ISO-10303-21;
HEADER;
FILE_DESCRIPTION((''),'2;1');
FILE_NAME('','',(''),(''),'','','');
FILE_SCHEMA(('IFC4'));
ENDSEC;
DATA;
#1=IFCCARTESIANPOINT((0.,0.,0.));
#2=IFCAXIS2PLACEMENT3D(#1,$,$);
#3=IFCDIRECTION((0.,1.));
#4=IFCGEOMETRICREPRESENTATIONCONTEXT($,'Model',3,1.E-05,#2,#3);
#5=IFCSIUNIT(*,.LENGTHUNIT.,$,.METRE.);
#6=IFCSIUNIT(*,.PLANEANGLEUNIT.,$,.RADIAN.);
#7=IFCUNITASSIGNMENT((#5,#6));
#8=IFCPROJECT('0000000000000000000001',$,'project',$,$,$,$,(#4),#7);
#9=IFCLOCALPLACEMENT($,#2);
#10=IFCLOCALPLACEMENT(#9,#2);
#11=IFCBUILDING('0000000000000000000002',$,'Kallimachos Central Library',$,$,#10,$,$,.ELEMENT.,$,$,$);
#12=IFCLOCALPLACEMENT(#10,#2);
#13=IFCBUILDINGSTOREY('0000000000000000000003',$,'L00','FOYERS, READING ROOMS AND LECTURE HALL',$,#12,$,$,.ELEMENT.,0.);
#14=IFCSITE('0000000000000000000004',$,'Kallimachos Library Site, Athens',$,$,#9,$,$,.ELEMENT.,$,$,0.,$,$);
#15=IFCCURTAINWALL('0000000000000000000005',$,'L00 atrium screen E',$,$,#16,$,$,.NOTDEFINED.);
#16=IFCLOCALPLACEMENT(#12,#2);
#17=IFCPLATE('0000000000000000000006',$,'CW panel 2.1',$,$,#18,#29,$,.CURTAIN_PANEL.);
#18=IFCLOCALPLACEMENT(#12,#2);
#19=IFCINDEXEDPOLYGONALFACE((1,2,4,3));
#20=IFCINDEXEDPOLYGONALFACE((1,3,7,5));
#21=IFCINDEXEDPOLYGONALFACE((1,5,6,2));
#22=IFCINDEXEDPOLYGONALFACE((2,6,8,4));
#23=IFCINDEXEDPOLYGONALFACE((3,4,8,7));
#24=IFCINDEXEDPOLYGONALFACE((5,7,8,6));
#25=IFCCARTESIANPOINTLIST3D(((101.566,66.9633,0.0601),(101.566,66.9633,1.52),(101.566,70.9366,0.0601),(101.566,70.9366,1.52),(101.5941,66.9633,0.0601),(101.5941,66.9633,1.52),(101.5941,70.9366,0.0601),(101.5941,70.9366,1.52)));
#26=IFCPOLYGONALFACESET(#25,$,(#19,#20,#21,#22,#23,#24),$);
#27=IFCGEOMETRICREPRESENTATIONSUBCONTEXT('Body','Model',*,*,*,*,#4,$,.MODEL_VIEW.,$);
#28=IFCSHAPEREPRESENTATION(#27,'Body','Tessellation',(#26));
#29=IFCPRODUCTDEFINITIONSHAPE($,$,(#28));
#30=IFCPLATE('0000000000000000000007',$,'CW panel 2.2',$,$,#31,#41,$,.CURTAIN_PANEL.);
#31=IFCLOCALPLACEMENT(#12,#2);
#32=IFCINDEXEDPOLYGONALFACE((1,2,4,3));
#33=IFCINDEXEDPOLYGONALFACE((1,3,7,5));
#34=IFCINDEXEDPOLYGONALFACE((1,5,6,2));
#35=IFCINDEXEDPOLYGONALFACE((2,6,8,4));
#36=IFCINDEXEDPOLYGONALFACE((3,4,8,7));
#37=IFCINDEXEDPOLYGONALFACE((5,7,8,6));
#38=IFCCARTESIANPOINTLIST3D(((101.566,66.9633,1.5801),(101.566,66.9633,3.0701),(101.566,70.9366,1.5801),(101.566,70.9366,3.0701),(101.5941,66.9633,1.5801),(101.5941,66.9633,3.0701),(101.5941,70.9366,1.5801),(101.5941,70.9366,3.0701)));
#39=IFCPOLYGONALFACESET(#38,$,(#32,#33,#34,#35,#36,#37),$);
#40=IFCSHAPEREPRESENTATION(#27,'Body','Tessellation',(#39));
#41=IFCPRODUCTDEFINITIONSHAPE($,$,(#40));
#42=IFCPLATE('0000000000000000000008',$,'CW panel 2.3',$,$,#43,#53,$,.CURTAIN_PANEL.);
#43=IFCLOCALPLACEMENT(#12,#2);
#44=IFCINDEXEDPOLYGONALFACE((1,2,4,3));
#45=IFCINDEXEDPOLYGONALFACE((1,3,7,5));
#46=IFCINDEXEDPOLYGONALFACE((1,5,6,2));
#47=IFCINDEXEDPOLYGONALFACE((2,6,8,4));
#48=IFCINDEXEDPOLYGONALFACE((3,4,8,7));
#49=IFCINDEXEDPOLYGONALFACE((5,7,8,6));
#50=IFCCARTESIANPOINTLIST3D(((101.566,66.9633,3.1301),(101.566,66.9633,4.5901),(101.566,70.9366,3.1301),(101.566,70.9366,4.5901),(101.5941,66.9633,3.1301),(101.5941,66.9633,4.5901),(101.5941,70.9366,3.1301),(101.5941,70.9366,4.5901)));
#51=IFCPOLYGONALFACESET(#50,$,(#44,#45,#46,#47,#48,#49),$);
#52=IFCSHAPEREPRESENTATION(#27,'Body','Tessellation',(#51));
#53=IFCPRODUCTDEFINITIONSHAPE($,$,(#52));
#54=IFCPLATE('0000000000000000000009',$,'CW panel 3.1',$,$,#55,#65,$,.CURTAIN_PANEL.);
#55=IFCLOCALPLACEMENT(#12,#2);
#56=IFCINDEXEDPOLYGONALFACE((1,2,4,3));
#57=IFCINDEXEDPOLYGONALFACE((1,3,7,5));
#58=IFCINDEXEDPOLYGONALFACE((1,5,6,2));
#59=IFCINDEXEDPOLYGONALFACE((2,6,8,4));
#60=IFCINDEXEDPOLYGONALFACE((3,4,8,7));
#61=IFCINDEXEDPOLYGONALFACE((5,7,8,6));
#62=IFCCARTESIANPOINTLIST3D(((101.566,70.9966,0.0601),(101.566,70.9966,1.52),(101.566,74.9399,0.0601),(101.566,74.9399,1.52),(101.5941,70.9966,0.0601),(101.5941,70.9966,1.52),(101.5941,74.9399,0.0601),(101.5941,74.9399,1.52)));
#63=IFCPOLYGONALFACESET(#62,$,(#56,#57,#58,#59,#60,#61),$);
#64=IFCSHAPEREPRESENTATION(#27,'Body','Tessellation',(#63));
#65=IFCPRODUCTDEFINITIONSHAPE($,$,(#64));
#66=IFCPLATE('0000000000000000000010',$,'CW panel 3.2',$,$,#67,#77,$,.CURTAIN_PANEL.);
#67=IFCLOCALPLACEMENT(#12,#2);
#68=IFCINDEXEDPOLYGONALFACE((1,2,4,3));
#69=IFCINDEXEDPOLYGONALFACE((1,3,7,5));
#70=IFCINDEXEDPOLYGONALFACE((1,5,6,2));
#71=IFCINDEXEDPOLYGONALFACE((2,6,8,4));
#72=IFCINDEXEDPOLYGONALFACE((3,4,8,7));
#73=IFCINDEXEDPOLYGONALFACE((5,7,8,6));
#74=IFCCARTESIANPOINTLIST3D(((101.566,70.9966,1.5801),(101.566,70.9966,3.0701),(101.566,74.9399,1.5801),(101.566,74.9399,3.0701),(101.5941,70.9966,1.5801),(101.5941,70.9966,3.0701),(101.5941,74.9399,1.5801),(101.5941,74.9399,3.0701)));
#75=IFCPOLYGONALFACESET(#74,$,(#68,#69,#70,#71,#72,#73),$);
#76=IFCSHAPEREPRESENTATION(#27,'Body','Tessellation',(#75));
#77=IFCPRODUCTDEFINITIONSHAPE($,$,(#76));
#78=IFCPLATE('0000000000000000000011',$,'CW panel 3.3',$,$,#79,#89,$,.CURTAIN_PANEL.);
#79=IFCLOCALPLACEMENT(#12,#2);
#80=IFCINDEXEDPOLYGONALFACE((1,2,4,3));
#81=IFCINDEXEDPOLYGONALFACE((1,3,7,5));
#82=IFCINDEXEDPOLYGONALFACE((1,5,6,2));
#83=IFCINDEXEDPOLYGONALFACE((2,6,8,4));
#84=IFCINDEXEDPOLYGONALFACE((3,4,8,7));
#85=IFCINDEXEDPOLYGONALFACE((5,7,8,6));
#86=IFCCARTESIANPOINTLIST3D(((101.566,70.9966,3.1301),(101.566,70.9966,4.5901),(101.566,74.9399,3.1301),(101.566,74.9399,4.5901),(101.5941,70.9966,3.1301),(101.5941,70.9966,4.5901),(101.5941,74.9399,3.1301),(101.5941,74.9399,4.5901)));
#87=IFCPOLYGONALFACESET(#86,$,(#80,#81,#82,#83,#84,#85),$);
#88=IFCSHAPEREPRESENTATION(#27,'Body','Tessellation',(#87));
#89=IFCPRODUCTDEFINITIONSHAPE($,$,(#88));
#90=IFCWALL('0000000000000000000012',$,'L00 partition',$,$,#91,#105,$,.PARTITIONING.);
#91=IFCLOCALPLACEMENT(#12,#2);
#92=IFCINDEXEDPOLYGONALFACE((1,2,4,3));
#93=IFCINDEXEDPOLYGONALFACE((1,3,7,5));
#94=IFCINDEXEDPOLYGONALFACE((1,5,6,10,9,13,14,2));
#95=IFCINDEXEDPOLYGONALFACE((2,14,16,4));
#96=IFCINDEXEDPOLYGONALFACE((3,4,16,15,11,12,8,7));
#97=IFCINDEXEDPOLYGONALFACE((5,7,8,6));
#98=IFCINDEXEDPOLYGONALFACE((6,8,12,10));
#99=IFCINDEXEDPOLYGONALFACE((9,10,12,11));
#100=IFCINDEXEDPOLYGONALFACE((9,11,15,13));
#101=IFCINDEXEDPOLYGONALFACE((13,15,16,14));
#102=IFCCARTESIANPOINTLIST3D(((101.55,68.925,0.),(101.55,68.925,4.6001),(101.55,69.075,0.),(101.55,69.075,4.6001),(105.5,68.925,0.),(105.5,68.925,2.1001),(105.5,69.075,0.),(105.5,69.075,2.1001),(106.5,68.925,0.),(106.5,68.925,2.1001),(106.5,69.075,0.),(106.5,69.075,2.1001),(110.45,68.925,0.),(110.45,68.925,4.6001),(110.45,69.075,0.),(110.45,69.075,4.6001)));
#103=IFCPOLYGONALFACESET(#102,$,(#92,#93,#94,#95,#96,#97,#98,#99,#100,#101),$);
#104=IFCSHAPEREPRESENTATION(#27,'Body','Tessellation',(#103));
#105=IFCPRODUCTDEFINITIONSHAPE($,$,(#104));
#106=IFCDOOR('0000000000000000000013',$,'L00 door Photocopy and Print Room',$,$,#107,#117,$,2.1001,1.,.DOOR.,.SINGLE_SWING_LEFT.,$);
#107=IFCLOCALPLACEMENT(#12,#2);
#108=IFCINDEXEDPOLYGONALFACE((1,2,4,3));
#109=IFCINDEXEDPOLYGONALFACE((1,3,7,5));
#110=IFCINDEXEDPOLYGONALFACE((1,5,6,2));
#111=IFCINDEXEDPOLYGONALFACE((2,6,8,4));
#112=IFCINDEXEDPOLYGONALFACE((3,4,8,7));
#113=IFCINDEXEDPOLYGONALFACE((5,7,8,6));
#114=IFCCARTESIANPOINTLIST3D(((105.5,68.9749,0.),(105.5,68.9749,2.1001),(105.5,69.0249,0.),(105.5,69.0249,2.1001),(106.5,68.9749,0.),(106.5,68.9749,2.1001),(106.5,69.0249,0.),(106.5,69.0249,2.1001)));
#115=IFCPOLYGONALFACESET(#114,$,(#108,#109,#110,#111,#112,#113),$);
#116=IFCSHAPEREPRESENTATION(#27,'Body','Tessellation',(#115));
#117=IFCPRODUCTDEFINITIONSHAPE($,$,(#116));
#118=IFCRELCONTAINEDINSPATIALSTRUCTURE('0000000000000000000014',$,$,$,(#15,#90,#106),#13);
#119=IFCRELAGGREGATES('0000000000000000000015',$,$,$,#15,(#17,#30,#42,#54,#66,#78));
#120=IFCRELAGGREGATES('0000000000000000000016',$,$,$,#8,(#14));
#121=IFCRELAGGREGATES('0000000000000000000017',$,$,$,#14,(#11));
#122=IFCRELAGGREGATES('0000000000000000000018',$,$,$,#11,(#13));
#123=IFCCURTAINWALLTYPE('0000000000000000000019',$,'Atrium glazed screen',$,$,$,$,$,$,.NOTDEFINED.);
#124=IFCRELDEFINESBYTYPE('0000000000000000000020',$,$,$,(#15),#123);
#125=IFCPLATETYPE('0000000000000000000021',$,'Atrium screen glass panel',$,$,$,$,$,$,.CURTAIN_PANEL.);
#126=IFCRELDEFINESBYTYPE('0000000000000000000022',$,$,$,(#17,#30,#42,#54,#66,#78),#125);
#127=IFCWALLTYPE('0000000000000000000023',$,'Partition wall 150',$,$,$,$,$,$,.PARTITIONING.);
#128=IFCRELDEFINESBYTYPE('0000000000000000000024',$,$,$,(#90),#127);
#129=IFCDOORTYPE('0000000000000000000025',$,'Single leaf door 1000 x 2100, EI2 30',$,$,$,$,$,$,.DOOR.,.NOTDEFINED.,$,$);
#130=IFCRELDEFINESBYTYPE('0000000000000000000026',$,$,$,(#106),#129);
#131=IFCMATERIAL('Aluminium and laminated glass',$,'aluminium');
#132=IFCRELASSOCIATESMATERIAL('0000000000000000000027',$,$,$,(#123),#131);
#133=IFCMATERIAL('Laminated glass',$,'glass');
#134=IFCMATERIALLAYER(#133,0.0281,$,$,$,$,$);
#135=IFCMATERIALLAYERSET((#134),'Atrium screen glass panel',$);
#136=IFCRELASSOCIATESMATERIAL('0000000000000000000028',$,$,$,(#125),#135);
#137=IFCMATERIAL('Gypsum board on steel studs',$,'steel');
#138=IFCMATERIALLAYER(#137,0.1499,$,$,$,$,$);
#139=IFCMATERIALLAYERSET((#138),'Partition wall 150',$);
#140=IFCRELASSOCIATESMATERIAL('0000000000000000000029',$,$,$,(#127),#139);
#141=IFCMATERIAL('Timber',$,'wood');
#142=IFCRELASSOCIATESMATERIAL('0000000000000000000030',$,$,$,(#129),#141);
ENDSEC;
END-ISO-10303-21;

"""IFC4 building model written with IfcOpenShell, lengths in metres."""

from ifc_helpers import new_model, si_unit, direction, frame, frame_2d, origin, origin_2d, place, context, subcontext, project, spatial, rectangle, extrude, material, layer, layer_set, type_object, element, fill, aggregate, save


model = new_model("IFC4")

# Units and contexts
model_context = context("Model", 3, precision=1e-05, world=origin(), true_north=direction((0.0, 1.0)))
body_context = subcontext(model_context, "Body", "Model", "MODEL_VIEW")
ifc_project = project(units=[si_unit("LENGTHUNIT", "METRE"), si_unit("PLANEANGLEUNIT", "RADIAN")], contexts=[model_context])

# Site, building, storey
site_placement = place(None, origin())
site = spatial("IfcSite", under=ifc_project, at=site_placement, Name="Kallimachos Library Site, Athens", CompositionType="ELEMENT", RefElevation=0.0)
building_placement = place(site_placement, origin())
building = spatial("IfcBuilding", under=site, at=building_placement, Name="Kallimachos Central Library", CompositionType="ELEMENT")
storey_placement = place(building_placement, origin())
storey = spatial("IfcBuildingStorey", under=building, at=storey_placement, Name="L00", Description="FOYERS, READING ROOMS AND LECTURE HALL", CompositionType="ELEMENT", Elevation=0.0)

# Curtain wall, plates
ifc_material_1 = material(Name="Aluminium and laminated glass", Category="aluminium")
curtain_wall_type = type_object("IfcCurtainWallType", Name="Atrium glazed screen", PredefinedType="NOTDEFINED", material=ifc_material_1)
curtain_wall_placement = place(storey_placement, origin())
curtain_wall = element("IfcCurtainWall", 1, at=curtain_wall_placement, inside=storey, type_object=curtain_wall_type, Name="L00 atrium screen E", PredefinedType="NOTDEFINED")
ifc_material_2 = material(Name="Laminated glass", Category="glass")
ifc_layer_1 = layer(ifc_material_2, 0.0281)
ifc_layer_set_1 = layer_set([ifc_layer_1], Name="Atrium screen glass panel")
plate_type = type_object("IfcPlateType", Name="Atrium screen glass panel", PredefinedType="CURTAIN_PANEL", material=ifc_layer_set_1)
plate_1_placement = place(storey_placement, frame((101.5801, 68.95, 0.0601), z_axis=(0.0, 0.0, 1.0), x_axis=(0.0, 1.0, 0.0)))
plate_1 = element("IfcPlate", 2, at=plate_1_placement, type_object=plate_type, Name="CW panel 2.1", PredefinedType="CURTAIN_PANEL", context=body_context, shape_type="SweptSolid", body=[
    extrude(rectangle(XDim=3.9734, YDim=0.0281, at=origin_2d()), origin(), (0.0, 0.0, 1.0), 1.46),
])
plate_2_placement = place(storey_placement, frame((101.5801, 68.95, 1.5801), z_axis=(0.0, 0.0, 1.0), x_axis=(0.0, 1.0, 0.0)))
plate_2 = element("IfcPlate", 3, at=plate_2_placement, type_object=plate_type, Name="CW panel 2.2", PredefinedType="CURTAIN_PANEL", context=body_context, shape_type="SweptSolid", body=[
    extrude(rectangle(XDim=3.9734, YDim=0.0281, at=origin_2d()), origin(), (0.0, 0.0, 1.0), 1.49),
])
plate_3_placement = place(storey_placement, frame((101.5801, 68.95, 3.1301), z_axis=(0.0, 0.0, 1.0), x_axis=(0.0, 1.0, 0.0)))
plate_3 = element("IfcPlate", 4, at=plate_3_placement, type_object=plate_type, Name="CW panel 2.3", PredefinedType="CURTAIN_PANEL", context=body_context, shape_type="SweptSolid", body=[
    extrude(rectangle(XDim=3.9734, YDim=0.0281, at=origin_2d()), origin(), (0.0, 0.0, 1.0), 1.46),
])
plate_4_placement = place(storey_placement, frame((101.5801, 72.9683, 0.0601), z_axis=(0.0, 0.0, 1.0), x_axis=(0.0, 1.0, 0.0)))
plate_4 = element("IfcPlate", 5, at=plate_4_placement, type_object=plate_type, Name="CW panel 3.1", PredefinedType="CURTAIN_PANEL", context=body_context, shape_type="SweptSolid", body=[
    extrude(rectangle(XDim=3.9434, YDim=0.0281, at=origin_2d()), origin(), (0.0, 0.0, 1.0), 1.46),
])
plate_5_placement = place(storey_placement, frame((101.5801, 72.9683, 1.5801), z_axis=(0.0, 0.0, 1.0), x_axis=(0.0, 1.0, 0.0)))
plate_5 = element("IfcPlate", 6, at=plate_5_placement, type_object=plate_type, Name="CW panel 3.2", PredefinedType="CURTAIN_PANEL", context=body_context, shape_type="SweptSolid", body=[
    extrude(rectangle(XDim=3.9434, YDim=0.0281, at=origin_2d()), origin(), (0.0, 0.0, 1.0), 1.49),
])
plate_6_placement = place(storey_placement, frame((101.5801, 72.9683, 3.1301), z_axis=(0.0, 0.0, 1.0), x_axis=(0.0, 1.0, 0.0)))
plate_6 = element("IfcPlate", 7, at=plate_6_placement, type_object=plate_type, Name="CW panel 3.3", PredefinedType="CURTAIN_PANEL", context=body_context, shape_type="SweptSolid", body=[
    extrude(rectangle(XDim=3.9434, YDim=0.0281, at=origin_2d()), origin(), (0.0, 0.0, 1.0), 1.46),
])
aggregate(curtain_wall, [plate_1, plate_2, plate_3, plate_4, plate_5, plate_6])

# Wall, opening, door
ifc_material_3 = material(Name="Gypsum board on steel studs", Category="steel")
ifc_layer_2 = layer(ifc_material_3, 0.1499)
ifc_layer_set_2 = layer_set([ifc_layer_2], Name="Partition wall 150")
wall_type = type_object("IfcWallType", Name="Partition wall 150", PredefinedType="PARTITIONING", material=ifc_layer_set_2)
wall_placement = place(storey_placement, frame((101.55, 69.0, 0.0), z_axis=(0.0, 0.0, 1.0), x_axis=(1.0, 0.0, 0.0)))
wall = element("IfcWall", 8, at=wall_placement, inside=storey, type_object=wall_type, Name="L00 partition", PredefinedType="PARTITIONING", context=body_context, shape_type="SweptSolid", body=[
    extrude(rectangle(XDim=8.8999, YDim=0.1499, at=frame_2d((4.45, 0.0))), origin(), (0.0, 0.0, 1.0), 4.6001),
])
opening_placement = place(wall_placement, frame((3.95, 0.0, 0.0)))
opening = element("IfcOpeningElement", 9, at=opening_placement, cuts=wall, PredefinedType="OPENING", context=body_context, shape_type="SweptSolid", body=[
    extrude(rectangle(XDim=1.0, YDim=2.1001, at=frame_2d((0.5, 1.05))), frame((0.0, 0.085, 0.0), z_axis=(0.0, -1.0, 0.0), x_axis=(1.0, 0.0, 0.0)), (0.0, 0.0, 1.0), 0.1699),
])
ifc_material_4 = material(Name="Timber", Category="wood")
door_type = type_object("IfcDoorType", Name="Single leaf door 1000 x 2100, EI2 30", OperationType="NOTDEFINED", PredefinedType="DOOR", material=ifc_material_4)
door_placement = place(opening_placement, origin())
door = element("IfcDoor", 10, at=door_placement, inside=storey, type_object=door_type, Name="L00 door Photocopy and Print Room", OperationType="SINGLE_SWING_LEFT", OverallHeight=2.1001, OverallWidth=1.0, PredefinedType="DOOR", context=body_context, shape_type="SweptSolid", body=[
    extrude(rectangle(XDim=1.0, YDim=2.1001, at=frame_2d((0.5, 1.05))), frame((0.0, 0.0249, 0.0), z_axis=(0.0, -1.0, 0.0), x_axis=(1.0, 0.0, 0.0)), (0.0, 0.0, 1.0), 0.05),
])
fill(opening, door)

save(model, "model.ifc")
